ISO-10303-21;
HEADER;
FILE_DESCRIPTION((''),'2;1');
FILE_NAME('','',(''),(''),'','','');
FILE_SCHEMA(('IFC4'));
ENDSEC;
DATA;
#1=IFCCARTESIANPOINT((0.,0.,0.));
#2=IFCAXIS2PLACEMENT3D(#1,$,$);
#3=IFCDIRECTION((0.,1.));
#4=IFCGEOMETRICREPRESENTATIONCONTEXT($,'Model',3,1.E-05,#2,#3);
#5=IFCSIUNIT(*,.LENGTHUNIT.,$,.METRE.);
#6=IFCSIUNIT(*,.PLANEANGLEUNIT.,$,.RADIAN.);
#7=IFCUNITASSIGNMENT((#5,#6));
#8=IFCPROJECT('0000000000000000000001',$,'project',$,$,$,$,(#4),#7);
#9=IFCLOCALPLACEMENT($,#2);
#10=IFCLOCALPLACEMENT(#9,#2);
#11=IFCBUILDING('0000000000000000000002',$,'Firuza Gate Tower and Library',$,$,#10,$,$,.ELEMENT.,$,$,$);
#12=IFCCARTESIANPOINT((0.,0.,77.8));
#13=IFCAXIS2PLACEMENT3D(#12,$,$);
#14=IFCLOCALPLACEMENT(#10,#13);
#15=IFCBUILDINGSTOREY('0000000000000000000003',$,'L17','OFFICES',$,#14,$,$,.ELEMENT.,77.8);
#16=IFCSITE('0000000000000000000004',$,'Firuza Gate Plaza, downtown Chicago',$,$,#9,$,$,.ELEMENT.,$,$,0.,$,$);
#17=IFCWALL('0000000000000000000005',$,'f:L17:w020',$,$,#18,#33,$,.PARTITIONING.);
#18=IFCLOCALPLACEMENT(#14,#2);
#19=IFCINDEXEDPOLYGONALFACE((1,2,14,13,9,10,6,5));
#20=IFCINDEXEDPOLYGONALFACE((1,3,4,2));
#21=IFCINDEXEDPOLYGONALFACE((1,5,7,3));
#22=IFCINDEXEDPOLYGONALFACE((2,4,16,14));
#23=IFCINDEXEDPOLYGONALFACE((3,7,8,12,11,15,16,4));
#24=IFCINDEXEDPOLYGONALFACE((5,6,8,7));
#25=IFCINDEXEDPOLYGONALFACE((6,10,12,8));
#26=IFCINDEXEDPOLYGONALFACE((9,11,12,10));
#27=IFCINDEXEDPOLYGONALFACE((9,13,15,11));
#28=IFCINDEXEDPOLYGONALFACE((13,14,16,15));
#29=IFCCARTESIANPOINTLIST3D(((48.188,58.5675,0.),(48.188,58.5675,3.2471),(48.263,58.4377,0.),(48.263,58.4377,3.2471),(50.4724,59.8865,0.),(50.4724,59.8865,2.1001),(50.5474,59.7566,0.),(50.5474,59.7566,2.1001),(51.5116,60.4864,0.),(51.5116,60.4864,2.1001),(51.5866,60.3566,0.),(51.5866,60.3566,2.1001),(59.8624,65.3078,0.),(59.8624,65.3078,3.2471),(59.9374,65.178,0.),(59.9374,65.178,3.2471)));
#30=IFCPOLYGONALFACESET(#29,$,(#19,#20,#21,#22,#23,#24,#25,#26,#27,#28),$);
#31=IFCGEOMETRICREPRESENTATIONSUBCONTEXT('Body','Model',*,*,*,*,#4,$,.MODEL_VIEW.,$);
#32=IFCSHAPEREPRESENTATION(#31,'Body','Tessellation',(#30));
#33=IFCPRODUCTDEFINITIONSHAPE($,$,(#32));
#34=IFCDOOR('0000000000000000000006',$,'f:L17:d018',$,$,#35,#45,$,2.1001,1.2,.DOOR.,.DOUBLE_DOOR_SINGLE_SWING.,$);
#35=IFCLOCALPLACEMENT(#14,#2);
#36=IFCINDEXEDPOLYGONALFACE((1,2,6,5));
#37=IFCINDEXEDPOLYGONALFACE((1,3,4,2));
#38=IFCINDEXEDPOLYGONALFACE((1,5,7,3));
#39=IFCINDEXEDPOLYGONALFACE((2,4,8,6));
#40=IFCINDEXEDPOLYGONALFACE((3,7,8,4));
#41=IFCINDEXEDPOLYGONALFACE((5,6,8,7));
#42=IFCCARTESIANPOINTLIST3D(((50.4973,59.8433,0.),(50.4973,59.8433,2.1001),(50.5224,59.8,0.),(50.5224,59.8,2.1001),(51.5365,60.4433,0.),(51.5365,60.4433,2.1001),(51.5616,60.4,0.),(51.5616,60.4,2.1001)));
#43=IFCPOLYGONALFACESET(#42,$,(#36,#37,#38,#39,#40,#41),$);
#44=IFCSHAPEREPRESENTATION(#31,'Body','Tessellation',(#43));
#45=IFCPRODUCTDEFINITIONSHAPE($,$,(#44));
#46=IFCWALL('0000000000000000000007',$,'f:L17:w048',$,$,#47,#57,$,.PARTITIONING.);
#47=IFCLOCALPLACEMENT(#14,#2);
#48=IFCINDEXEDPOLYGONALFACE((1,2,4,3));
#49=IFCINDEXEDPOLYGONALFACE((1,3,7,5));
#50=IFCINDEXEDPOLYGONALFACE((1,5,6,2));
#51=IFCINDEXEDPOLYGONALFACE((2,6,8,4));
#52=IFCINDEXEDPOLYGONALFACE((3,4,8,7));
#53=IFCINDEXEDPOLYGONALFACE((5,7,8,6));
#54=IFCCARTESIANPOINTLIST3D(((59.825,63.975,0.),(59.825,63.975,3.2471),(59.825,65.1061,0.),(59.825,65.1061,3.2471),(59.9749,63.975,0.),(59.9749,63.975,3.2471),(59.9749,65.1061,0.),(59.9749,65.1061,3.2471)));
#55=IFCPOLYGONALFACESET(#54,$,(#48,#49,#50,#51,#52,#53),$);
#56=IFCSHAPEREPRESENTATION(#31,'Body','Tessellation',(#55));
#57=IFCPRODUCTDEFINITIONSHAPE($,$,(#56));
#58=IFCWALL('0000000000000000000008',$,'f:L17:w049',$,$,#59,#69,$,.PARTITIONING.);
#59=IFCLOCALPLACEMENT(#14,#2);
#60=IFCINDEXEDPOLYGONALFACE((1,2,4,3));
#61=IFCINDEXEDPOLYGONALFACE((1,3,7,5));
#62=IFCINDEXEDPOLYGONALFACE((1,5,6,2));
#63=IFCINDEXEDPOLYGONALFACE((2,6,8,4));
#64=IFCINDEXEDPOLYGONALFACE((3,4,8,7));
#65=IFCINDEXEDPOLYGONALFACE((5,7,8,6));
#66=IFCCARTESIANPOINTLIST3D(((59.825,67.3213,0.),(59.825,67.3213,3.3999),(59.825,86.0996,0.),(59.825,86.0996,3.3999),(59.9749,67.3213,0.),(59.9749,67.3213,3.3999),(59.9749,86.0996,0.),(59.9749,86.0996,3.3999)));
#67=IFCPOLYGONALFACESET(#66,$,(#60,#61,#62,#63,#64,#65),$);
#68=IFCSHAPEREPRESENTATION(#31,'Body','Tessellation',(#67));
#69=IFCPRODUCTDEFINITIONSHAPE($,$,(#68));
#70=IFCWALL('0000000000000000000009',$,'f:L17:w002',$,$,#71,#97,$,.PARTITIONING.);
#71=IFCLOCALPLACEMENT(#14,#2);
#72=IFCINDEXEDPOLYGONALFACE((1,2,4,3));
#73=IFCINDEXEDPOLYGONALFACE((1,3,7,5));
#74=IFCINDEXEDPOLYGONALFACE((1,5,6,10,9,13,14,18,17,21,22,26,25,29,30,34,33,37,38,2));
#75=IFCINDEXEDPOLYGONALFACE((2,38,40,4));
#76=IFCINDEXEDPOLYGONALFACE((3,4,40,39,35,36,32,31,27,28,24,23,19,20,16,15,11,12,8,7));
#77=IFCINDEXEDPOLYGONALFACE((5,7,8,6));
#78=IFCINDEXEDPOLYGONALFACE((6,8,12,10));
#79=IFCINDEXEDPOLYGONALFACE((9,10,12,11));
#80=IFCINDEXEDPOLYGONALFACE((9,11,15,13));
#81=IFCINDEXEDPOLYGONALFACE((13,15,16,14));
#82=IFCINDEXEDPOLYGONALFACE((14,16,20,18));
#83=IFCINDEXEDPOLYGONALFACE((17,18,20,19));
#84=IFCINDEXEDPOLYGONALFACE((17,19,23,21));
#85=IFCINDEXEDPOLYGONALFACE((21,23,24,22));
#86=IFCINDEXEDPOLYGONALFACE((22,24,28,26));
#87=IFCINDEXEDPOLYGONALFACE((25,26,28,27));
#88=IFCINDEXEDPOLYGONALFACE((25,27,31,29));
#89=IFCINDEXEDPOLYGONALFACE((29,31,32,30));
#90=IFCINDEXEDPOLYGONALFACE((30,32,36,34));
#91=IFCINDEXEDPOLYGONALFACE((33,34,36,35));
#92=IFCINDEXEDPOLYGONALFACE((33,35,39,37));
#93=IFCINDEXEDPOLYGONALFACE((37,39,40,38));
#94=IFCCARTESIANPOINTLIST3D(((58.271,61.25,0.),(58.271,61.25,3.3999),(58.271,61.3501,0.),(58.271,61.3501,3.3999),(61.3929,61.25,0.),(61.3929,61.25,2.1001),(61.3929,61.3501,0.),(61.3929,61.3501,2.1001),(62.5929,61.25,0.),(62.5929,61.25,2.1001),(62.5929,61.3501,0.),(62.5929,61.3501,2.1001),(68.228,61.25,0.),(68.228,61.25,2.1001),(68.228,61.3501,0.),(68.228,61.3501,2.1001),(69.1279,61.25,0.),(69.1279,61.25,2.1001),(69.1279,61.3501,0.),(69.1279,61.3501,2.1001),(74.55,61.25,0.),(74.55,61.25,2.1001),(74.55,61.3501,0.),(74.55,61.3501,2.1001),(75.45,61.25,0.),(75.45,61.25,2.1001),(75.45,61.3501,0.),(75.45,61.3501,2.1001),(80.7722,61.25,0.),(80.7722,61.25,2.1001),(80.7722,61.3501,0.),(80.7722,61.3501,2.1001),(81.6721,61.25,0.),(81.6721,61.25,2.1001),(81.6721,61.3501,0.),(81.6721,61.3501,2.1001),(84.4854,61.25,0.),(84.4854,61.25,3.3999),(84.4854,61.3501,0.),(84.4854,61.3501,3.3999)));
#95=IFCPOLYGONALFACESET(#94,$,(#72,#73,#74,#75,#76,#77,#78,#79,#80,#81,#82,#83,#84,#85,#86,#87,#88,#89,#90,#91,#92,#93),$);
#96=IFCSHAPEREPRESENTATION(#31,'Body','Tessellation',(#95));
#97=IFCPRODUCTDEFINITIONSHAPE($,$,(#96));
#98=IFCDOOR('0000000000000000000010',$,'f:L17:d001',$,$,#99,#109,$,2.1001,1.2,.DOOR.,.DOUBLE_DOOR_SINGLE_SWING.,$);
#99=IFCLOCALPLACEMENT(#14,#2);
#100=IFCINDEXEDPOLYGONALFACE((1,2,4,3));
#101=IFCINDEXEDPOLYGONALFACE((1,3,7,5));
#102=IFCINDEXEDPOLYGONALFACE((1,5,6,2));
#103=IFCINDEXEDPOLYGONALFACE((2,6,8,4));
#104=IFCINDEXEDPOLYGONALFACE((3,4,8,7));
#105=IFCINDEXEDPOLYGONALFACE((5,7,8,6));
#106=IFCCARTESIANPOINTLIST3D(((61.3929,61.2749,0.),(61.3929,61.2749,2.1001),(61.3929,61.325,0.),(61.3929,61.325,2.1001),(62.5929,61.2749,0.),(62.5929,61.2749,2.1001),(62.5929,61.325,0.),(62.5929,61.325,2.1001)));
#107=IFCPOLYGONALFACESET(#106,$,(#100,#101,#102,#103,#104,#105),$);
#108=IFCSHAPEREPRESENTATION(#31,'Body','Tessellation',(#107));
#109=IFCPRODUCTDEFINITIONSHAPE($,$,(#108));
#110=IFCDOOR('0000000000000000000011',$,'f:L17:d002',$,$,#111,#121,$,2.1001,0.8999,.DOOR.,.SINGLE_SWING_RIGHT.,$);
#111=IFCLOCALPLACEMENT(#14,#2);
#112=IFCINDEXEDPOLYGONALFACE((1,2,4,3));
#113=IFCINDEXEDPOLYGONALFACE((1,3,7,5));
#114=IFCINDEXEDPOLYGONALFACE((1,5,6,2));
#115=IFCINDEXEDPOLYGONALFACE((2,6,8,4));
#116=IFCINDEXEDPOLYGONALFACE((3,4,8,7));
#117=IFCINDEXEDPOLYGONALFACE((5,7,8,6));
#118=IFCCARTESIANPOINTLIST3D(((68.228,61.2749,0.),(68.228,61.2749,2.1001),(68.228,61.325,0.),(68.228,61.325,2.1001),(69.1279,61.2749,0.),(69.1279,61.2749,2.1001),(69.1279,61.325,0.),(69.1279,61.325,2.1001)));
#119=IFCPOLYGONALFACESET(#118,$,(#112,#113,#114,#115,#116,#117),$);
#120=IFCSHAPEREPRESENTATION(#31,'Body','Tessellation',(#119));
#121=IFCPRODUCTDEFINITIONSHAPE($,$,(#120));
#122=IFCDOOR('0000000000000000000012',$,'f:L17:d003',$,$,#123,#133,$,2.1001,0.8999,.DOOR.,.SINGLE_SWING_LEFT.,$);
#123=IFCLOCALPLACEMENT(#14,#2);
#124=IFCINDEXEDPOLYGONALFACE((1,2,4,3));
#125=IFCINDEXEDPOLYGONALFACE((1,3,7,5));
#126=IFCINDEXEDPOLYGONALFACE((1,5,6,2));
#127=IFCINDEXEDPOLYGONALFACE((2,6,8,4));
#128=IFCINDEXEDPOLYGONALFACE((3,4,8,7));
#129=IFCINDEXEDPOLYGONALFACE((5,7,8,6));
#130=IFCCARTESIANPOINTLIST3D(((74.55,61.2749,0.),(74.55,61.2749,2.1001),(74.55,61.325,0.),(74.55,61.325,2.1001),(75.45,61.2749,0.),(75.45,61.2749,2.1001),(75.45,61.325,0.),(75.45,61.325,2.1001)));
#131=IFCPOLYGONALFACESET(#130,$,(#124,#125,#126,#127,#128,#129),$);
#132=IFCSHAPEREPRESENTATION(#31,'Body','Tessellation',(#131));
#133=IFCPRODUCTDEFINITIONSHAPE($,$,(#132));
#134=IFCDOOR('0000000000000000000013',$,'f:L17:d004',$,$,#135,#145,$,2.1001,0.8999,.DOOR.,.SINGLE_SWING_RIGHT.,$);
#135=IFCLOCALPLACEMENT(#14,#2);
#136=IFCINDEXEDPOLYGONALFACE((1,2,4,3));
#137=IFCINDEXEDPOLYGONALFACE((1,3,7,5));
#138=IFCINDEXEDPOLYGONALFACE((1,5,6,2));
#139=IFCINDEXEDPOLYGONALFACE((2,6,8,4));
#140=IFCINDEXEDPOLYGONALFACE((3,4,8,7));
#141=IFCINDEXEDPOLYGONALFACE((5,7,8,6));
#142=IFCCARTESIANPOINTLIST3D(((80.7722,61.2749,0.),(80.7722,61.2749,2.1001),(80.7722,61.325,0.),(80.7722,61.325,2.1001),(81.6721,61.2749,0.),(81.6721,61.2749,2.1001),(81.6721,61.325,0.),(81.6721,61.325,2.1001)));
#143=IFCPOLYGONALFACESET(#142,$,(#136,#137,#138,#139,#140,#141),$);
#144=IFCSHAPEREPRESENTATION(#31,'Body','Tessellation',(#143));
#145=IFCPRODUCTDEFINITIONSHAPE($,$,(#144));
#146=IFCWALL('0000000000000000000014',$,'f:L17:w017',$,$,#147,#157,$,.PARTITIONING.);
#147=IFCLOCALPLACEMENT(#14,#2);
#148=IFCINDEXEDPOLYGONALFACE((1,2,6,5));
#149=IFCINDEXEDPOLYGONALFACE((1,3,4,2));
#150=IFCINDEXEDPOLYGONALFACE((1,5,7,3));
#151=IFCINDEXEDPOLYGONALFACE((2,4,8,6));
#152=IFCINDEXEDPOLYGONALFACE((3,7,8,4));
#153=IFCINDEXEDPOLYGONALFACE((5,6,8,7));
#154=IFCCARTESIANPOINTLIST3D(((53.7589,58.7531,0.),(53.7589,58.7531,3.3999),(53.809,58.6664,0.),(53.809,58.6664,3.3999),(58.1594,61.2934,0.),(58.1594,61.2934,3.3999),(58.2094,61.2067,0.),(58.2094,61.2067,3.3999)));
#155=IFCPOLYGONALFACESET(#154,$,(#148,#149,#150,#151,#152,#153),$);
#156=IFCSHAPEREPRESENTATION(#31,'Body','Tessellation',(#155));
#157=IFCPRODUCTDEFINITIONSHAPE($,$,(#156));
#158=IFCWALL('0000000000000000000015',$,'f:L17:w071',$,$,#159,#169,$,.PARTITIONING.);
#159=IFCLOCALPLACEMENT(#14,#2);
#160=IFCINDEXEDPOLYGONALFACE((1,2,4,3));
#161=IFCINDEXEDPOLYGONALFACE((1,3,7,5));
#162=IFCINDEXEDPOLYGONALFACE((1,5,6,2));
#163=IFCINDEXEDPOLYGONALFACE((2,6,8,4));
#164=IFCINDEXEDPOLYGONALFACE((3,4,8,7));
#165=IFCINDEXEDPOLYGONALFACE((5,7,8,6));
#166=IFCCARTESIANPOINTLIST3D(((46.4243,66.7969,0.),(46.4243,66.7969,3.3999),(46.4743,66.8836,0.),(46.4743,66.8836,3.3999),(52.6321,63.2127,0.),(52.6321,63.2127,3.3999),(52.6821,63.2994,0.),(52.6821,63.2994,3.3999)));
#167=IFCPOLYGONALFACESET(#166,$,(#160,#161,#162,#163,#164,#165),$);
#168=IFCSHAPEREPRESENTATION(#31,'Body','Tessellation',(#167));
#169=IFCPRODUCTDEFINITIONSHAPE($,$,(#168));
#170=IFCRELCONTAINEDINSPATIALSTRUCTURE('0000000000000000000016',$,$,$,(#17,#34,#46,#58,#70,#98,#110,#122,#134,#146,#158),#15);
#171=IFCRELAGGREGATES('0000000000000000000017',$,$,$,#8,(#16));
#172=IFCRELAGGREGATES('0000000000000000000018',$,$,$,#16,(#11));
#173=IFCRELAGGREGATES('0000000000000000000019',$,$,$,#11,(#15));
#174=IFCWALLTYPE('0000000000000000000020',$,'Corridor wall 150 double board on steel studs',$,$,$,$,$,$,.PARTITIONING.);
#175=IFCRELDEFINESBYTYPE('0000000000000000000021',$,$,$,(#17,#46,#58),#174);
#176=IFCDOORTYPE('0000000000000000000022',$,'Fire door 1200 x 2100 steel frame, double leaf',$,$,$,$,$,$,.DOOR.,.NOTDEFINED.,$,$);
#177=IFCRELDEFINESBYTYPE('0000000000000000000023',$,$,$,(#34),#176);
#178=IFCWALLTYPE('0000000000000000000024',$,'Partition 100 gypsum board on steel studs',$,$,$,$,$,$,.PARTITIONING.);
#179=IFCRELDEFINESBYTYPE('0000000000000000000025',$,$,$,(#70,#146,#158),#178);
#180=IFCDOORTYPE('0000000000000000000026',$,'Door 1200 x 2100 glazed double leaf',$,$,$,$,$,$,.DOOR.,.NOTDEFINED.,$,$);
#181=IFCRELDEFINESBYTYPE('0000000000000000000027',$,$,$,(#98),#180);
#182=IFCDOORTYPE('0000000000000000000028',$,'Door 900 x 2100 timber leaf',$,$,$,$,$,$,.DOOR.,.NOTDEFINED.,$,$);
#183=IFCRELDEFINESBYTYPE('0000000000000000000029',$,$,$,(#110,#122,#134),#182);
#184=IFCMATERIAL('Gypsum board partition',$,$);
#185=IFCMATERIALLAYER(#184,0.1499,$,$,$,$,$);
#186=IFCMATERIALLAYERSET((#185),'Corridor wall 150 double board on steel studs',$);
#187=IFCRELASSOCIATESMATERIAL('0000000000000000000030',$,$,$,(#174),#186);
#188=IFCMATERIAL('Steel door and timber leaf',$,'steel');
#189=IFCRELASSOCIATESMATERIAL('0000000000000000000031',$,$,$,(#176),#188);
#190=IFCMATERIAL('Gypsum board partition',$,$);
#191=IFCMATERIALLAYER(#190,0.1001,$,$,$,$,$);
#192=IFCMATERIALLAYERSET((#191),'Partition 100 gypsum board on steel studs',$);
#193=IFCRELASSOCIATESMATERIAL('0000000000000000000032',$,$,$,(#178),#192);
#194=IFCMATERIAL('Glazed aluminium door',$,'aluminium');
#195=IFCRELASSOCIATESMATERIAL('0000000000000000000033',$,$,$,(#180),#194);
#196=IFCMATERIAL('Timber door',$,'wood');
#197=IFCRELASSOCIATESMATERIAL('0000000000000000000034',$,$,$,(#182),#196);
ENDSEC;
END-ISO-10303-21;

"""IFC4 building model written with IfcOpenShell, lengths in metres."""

from ifc_helpers import new_model, si_unit, direction, frame, frame_2d, origin, place, context, subcontext, project, spatial, rectangle, extrude, material, layer, layer_set, type_object, element, fill, save


model = new_model("IFC4")

# Units and contexts
model_context = context("Model", 3, precision=1e-05, world=origin(), true_north=direction((0.0, 1.0)))
body_context = subcontext(model_context, "Body", "Model", "MODEL_VIEW")
ifc_project = project(units=[si_unit("LENGTHUNIT", "METRE"), si_unit("PLANEANGLEUNIT", "RADIAN")], contexts=[model_context])

# Site, building, storey
site_placement = place(None, origin())
site = spatial("IfcSite", under=ifc_project, at=site_placement, Name="Firuza Gate Plaza, downtown Chicago", CompositionType="ELEMENT", RefElevation=0.0)
building_placement = place(site_placement, origin())
building = spatial("IfcBuilding", under=site, at=building_placement, Name="Firuza Gate Tower and Library", CompositionType="ELEMENT")
storey_placement = place(building_placement, frame((0.0, 0.0, 77.8)))
storey = spatial("IfcBuildingStorey", under=building, at=storey_placement, Name="L17", Description="OFFICES", CompositionType="ELEMENT", Elevation=77.8)

# Wall, opening, door
ifc_material_1 = material(Name="Gypsum board partition")
ifc_layer_1 = layer(ifc_material_1, 0.1499)
ifc_layer_set_1 = layer_set([ifc_layer_1], Name="Corridor wall 150 double board on steel studs")
wall_type_1 = type_object("IfcWallType", Name="Corridor wall 150 double board on steel studs", PredefinedType="PARTITIONING", material=ifc_layer_set_1)
wall_1_placement = place(storey_placement, frame((59.8999, 65.2429, 0.0), z_axis=(0.0, 0.0, 1.0), x_axis=(-0.866023, -0.500004, 0.0)))
wall_1 = element("IfcWall", 1, at=wall_1_placement, inside=storey, type_object=wall_type_1, Name="f:L17:w020", PredefinedType="PARTITIONING", context=body_context, shape_type="SweptSolid", body=[
    extrude(rectangle(XDim=13.4805, YDim=0.1499, at=frame_2d((6.7402, 0.0))), origin(), (0.0, 0.0, 1.0), 3.2471),
])
opening_1_placement = place(wall_1_placement, frame((9.6426, 0.0, 0.0)))
opening_1 = element("IfcOpeningElement", 2, at=opening_1_placement, cuts=wall_1, PredefinedType="OPENING", context=body_context, shape_type="SweptSolid", body=[
    extrude(rectangle(XDim=1.2, YDim=2.1001, at=frame_2d((0.6001, 1.05))), frame((0.0, 0.085, 0.0), z_axis=(0.0, -1.0, 0.0), x_axis=(1.0, 0.0, 0.0)), (0.0, 0.0, 1.0), 0.1699),
])
ifc_material_2 = material(Name="Steel door and timber leaf", Category="steel")
door_type_1 = type_object("IfcDoorType", Name="Fire door 1200 x 2100 steel frame, double leaf", OperationType="NOTDEFINED", PredefinedType="DOOR", material=ifc_material_2)
door_1_placement = place(opening_1_placement, origin())
door_1 = element("IfcDoor", 3, at=door_1_placement, inside=storey, type_object=door_type_1, Name="f:L17:d018", OperationType="DOUBLE_DOOR_SINGLE_SWING", OverallHeight=2.1001, OverallWidth=1.2, PredefinedType="DOOR", context=body_context, shape_type="SweptSolid", body=[
    extrude(rectangle(XDim=1.2, YDim=2.1001, at=frame_2d((0.6001, 1.05))), frame((0.0, 0.0249, 0.0), z_axis=(0.0, -1.0, 0.0), x_axis=(1.0, 0.0, 0.0)), (0.0, 0.0, 1.0), 0.05),
])
fill(opening_1, door_1)

# Walls
wall_2_placement = place(storey_placement, frame((59.8999, 63.9751, 0.0), z_axis=(0.0, 0.0, 1.0), x_axis=(0.0, 1.0, 0.0)))
element("IfcWall", 4, at=wall_2_placement, inside=storey, type_object=wall_type_1, Name="f:L17:w048", PredefinedType="PARTITIONING", context=body_context, shape_type="SweptSolid", body=[
    extrude(rectangle(XDim=1.1311, YDim=0.1499, at=frame_2d((0.5654, 0.0))), origin(), (0.0, 0.0, 1.0), 3.2471),
])
wall_3_placement = place(storey_placement, frame((59.8999, 67.3213, 0.0), z_axis=(0.0, 0.0, 1.0), x_axis=(0.0, 1.0, 0.0)))
element("IfcWall", 5, at=wall_3_placement, inside=storey, type_object=wall_type_1, Name="f:L17:w049", PredefinedType="PARTITIONING", context=body_context, shape_type="SweptSolid", body=[
    extrude(rectangle(XDim=18.7783, YDim=0.1499, at=frame_2d((9.3892, 0.0))), origin(), (0.0, 0.0, 1.0), 3.3999),
])

# Wall, openings, doors
ifc_material_3 = material(Name="Gypsum board partition")
ifc_layer_2 = layer(ifc_material_3, 0.1001)
ifc_layer_set_2 = layer_set([ifc_layer_2], Name="Partition 100 gypsum board on steel studs")
wall_type_2 = type_object("IfcWallType", Name="Partition 100 gypsum board on steel studs", PredefinedType="PARTITIONING", material=ifc_layer_set_2)
wall_4_placement = place(storey_placement, frame((58.271, 61.3, 0.0), z_axis=(0.0, 0.0, 1.0), x_axis=(1.0, 0.0, 0.0)))
wall_4 = element("IfcWall", 6, at=wall_4_placement, inside=storey, type_object=wall_type_2, Name="f:L17:w002", PredefinedType="PARTITIONING", context=body_context, shape_type="SweptSolid", body=[
    extrude(rectangle(XDim=26.2144, YDim=0.1001, at=frame_2d((13.1072, 0.0))), origin(), (0.0, 0.0, 1.0), 3.3999),
])
opening_2_placement = place(wall_4_placement, frame((3.1218, 0.0, 0.0)))
opening_2 = element("IfcOpeningElement", 7, at=opening_2_placement, cuts=wall_4, PredefinedType="OPENING", context=body_context, shape_type="SweptSolid", body=[
    extrude(rectangle(XDim=1.2, YDim=2.1001, at=frame_2d((0.6001, 1.05))), frame((0.0, 0.0601, 0.0), z_axis=(0.0, -1.0, 0.0), x_axis=(1.0, 0.0, 0.0)), (0.0, 0.0, 1.0), 0.1201),
])
opening_3_placement = place(wall_4_placement, frame((9.957, 0.0, 0.0)))
opening_3 = element("IfcOpeningElement", 8, at=opening_3_placement, cuts=wall_4, PredefinedType="OPENING", context=body_context, shape_type="SweptSolid", body=[
    extrude(rectangle(XDim=0.8999, YDim=2.1001, at=frame_2d((0.45, 1.05))), frame((0.0, 0.0601, 0.0), z_axis=(0.0, -1.0, 0.0), x_axis=(1.0, 0.0, 0.0)), (0.0, 0.0, 1.0), 0.1201),
])
opening_4_placement = place(wall_4_placement, frame((16.2791, 0.0, 0.0)))
opening_4 = element("IfcOpeningElement", 9, at=opening_4_placement, cuts=wall_4, PredefinedType="OPENING", context=body_context, shape_type="SweptSolid", body=[
    extrude(rectangle(XDim=0.8999, YDim=2.1001, at=frame_2d((0.45, 1.05))), frame((0.0, 0.0601, 0.0), z_axis=(0.0, -1.0, 0.0), x_axis=(1.0, 0.0, 0.0)), (0.0, 0.0, 1.0), 0.1201),
])
opening_5_placement = place(wall_4_placement, frame((22.5012, 0.0, 0.0)))
opening_5 = element("IfcOpeningElement", 10, at=opening_5_placement, cuts=wall_4, PredefinedType="OPENING", context=body_context, shape_type="SweptSolid", body=[
    extrude(rectangle(XDim=0.8999, YDim=2.1001, at=frame_2d((0.45, 1.05))), frame((0.0, 0.0601, 0.0), z_axis=(0.0, -1.0, 0.0), x_axis=(1.0, 0.0, 0.0)), (0.0, 0.0, 1.0), 0.1201),
])
ifc_material_4 = material(Name="Glazed aluminium door", Category="aluminium")
door_type_2 = type_object("IfcDoorType", Name="Door 1200 x 2100 glazed double leaf", OperationType="NOTDEFINED", PredefinedType="DOOR", material=ifc_material_4)
door_2_placement = place(opening_2_placement, origin())
door_2 = element("IfcDoor", 11, at=door_2_placement, inside=storey, type_object=door_type_2, Name="f:L17:d001", OperationType="DOUBLE_DOOR_SINGLE_SWING", OverallHeight=2.1001, OverallWidth=1.2, PredefinedType="DOOR", context=body_context, shape_type="SweptSolid", body=[
    extrude(rectangle(XDim=1.2, YDim=2.1001, at=frame_2d((0.6001, 1.05))), frame((0.0, 0.0249, 0.0), z_axis=(0.0, -1.0, 0.0), x_axis=(1.0, 0.0, 0.0)), (0.0, 0.0, 1.0), 0.05),
])
fill(opening_2, door_2)
ifc_material_5 = material(Name="Timber door", Category="wood")
door_type_3 = type_object("IfcDoorType", Name="Door 900 x 2100 timber leaf", OperationType="NOTDEFINED", PredefinedType="DOOR", material=ifc_material_5)
door_3_placement = place(opening_3_placement, origin())
door_3 = element("IfcDoor", 12, at=door_3_placement, inside=storey, type_object=door_type_3, Name="f:L17:d002", OperationType="SINGLE_SWING_RIGHT", OverallHeight=2.1001, OverallWidth=0.8999, PredefinedType="DOOR", context=body_context, shape_type="SweptSolid", body=[
    extrude(rectangle(XDim=0.8999, YDim=2.1001, at=frame_2d((0.45, 1.05))), frame((0.0, 0.0249, 0.0), z_axis=(0.0, -1.0, 0.0), x_axis=(1.0, 0.0, 0.0)), (0.0, 0.0, 1.0), 0.05),
])
fill(opening_3, door_3)
door_4_placement = place(opening_4_placement, origin())
door_4 = element("IfcDoor", 13, at=door_4_placement, inside=storey, type_object=door_type_3, Name="f:L17:d003", OperationType="SINGLE_SWING_LEFT", OverallHeight=2.1001, OverallWidth=0.8999, PredefinedType="DOOR", context=body_context, shape_type="SweptSolid", body=[
    extrude(rectangle(XDim=0.8999, YDim=2.1001, at=frame_2d((0.45, 1.05))), frame((0.0, 0.0249, 0.0), z_axis=(0.0, -1.0, 0.0), x_axis=(1.0, 0.0, 0.0)), (0.0, 0.0, 1.0), 0.05),
])
fill(opening_4, door_4)
door_5_placement = place(opening_5_placement, origin())
door_5 = element("IfcDoor", 14, at=door_5_placement, inside=storey, type_object=door_type_3, Name="f:L17:d004", OperationType="SINGLE_SWING_RIGHT", OverallHeight=2.1001, OverallWidth=0.8999, PredefinedType="DOOR", context=body_context, shape_type="SweptSolid", body=[
    extrude(rectangle(XDim=0.8999, YDim=2.1001, at=frame_2d((0.45, 1.05))), frame((0.0, 0.0249, 0.0), z_axis=(0.0, -1.0, 0.0), x_axis=(1.0, 0.0, 0.0)), (0.0, 0.0, 1.0), 0.05),
])
fill(opening_5, door_5)

# Walls
wall_5_placement = place(storey_placement, frame((53.7839, 58.7097, 0.0), z_axis=(0.0, 0.0, 1.0), x_axis=(0.86605, 0.499958, 0.0)))
element("IfcWall", 15, at=wall_5_placement, inside=storey, type_object=wall_type_2, Name="f:L17:w017", PredefinedType="PARTITIONING", context=body_context, shape_type="SweptSolid", body=[
    extrude(rectangle(XDim=5.0811, YDim=0.1001, at=frame_2d((2.5405, 0.0))), origin(), (0.0, 0.0, 1.0), 3.3999),
])
wall_6_placement = place(storey_placement, frame((52.657, 63.2561, 0.0), z_axis=(0.0, 0.0, 1.0), x_axis=(-0.866015, 0.500018, 0.0)))
element("IfcWall", 16, at=wall_6_placement, inside=storey, type_object=wall_type_2, Name="f:L17:w071", PredefinedType="PARTITIONING", context=body_context, shape_type="SweptSolid", body=[
    extrude(rectangle(XDim=7.1682, YDim=0.1001, at=frame_2d((3.584, 0.0))), origin(), (0.0, 0.0, 1.0), 3.3999),
])

save(model, "model.ifc")
